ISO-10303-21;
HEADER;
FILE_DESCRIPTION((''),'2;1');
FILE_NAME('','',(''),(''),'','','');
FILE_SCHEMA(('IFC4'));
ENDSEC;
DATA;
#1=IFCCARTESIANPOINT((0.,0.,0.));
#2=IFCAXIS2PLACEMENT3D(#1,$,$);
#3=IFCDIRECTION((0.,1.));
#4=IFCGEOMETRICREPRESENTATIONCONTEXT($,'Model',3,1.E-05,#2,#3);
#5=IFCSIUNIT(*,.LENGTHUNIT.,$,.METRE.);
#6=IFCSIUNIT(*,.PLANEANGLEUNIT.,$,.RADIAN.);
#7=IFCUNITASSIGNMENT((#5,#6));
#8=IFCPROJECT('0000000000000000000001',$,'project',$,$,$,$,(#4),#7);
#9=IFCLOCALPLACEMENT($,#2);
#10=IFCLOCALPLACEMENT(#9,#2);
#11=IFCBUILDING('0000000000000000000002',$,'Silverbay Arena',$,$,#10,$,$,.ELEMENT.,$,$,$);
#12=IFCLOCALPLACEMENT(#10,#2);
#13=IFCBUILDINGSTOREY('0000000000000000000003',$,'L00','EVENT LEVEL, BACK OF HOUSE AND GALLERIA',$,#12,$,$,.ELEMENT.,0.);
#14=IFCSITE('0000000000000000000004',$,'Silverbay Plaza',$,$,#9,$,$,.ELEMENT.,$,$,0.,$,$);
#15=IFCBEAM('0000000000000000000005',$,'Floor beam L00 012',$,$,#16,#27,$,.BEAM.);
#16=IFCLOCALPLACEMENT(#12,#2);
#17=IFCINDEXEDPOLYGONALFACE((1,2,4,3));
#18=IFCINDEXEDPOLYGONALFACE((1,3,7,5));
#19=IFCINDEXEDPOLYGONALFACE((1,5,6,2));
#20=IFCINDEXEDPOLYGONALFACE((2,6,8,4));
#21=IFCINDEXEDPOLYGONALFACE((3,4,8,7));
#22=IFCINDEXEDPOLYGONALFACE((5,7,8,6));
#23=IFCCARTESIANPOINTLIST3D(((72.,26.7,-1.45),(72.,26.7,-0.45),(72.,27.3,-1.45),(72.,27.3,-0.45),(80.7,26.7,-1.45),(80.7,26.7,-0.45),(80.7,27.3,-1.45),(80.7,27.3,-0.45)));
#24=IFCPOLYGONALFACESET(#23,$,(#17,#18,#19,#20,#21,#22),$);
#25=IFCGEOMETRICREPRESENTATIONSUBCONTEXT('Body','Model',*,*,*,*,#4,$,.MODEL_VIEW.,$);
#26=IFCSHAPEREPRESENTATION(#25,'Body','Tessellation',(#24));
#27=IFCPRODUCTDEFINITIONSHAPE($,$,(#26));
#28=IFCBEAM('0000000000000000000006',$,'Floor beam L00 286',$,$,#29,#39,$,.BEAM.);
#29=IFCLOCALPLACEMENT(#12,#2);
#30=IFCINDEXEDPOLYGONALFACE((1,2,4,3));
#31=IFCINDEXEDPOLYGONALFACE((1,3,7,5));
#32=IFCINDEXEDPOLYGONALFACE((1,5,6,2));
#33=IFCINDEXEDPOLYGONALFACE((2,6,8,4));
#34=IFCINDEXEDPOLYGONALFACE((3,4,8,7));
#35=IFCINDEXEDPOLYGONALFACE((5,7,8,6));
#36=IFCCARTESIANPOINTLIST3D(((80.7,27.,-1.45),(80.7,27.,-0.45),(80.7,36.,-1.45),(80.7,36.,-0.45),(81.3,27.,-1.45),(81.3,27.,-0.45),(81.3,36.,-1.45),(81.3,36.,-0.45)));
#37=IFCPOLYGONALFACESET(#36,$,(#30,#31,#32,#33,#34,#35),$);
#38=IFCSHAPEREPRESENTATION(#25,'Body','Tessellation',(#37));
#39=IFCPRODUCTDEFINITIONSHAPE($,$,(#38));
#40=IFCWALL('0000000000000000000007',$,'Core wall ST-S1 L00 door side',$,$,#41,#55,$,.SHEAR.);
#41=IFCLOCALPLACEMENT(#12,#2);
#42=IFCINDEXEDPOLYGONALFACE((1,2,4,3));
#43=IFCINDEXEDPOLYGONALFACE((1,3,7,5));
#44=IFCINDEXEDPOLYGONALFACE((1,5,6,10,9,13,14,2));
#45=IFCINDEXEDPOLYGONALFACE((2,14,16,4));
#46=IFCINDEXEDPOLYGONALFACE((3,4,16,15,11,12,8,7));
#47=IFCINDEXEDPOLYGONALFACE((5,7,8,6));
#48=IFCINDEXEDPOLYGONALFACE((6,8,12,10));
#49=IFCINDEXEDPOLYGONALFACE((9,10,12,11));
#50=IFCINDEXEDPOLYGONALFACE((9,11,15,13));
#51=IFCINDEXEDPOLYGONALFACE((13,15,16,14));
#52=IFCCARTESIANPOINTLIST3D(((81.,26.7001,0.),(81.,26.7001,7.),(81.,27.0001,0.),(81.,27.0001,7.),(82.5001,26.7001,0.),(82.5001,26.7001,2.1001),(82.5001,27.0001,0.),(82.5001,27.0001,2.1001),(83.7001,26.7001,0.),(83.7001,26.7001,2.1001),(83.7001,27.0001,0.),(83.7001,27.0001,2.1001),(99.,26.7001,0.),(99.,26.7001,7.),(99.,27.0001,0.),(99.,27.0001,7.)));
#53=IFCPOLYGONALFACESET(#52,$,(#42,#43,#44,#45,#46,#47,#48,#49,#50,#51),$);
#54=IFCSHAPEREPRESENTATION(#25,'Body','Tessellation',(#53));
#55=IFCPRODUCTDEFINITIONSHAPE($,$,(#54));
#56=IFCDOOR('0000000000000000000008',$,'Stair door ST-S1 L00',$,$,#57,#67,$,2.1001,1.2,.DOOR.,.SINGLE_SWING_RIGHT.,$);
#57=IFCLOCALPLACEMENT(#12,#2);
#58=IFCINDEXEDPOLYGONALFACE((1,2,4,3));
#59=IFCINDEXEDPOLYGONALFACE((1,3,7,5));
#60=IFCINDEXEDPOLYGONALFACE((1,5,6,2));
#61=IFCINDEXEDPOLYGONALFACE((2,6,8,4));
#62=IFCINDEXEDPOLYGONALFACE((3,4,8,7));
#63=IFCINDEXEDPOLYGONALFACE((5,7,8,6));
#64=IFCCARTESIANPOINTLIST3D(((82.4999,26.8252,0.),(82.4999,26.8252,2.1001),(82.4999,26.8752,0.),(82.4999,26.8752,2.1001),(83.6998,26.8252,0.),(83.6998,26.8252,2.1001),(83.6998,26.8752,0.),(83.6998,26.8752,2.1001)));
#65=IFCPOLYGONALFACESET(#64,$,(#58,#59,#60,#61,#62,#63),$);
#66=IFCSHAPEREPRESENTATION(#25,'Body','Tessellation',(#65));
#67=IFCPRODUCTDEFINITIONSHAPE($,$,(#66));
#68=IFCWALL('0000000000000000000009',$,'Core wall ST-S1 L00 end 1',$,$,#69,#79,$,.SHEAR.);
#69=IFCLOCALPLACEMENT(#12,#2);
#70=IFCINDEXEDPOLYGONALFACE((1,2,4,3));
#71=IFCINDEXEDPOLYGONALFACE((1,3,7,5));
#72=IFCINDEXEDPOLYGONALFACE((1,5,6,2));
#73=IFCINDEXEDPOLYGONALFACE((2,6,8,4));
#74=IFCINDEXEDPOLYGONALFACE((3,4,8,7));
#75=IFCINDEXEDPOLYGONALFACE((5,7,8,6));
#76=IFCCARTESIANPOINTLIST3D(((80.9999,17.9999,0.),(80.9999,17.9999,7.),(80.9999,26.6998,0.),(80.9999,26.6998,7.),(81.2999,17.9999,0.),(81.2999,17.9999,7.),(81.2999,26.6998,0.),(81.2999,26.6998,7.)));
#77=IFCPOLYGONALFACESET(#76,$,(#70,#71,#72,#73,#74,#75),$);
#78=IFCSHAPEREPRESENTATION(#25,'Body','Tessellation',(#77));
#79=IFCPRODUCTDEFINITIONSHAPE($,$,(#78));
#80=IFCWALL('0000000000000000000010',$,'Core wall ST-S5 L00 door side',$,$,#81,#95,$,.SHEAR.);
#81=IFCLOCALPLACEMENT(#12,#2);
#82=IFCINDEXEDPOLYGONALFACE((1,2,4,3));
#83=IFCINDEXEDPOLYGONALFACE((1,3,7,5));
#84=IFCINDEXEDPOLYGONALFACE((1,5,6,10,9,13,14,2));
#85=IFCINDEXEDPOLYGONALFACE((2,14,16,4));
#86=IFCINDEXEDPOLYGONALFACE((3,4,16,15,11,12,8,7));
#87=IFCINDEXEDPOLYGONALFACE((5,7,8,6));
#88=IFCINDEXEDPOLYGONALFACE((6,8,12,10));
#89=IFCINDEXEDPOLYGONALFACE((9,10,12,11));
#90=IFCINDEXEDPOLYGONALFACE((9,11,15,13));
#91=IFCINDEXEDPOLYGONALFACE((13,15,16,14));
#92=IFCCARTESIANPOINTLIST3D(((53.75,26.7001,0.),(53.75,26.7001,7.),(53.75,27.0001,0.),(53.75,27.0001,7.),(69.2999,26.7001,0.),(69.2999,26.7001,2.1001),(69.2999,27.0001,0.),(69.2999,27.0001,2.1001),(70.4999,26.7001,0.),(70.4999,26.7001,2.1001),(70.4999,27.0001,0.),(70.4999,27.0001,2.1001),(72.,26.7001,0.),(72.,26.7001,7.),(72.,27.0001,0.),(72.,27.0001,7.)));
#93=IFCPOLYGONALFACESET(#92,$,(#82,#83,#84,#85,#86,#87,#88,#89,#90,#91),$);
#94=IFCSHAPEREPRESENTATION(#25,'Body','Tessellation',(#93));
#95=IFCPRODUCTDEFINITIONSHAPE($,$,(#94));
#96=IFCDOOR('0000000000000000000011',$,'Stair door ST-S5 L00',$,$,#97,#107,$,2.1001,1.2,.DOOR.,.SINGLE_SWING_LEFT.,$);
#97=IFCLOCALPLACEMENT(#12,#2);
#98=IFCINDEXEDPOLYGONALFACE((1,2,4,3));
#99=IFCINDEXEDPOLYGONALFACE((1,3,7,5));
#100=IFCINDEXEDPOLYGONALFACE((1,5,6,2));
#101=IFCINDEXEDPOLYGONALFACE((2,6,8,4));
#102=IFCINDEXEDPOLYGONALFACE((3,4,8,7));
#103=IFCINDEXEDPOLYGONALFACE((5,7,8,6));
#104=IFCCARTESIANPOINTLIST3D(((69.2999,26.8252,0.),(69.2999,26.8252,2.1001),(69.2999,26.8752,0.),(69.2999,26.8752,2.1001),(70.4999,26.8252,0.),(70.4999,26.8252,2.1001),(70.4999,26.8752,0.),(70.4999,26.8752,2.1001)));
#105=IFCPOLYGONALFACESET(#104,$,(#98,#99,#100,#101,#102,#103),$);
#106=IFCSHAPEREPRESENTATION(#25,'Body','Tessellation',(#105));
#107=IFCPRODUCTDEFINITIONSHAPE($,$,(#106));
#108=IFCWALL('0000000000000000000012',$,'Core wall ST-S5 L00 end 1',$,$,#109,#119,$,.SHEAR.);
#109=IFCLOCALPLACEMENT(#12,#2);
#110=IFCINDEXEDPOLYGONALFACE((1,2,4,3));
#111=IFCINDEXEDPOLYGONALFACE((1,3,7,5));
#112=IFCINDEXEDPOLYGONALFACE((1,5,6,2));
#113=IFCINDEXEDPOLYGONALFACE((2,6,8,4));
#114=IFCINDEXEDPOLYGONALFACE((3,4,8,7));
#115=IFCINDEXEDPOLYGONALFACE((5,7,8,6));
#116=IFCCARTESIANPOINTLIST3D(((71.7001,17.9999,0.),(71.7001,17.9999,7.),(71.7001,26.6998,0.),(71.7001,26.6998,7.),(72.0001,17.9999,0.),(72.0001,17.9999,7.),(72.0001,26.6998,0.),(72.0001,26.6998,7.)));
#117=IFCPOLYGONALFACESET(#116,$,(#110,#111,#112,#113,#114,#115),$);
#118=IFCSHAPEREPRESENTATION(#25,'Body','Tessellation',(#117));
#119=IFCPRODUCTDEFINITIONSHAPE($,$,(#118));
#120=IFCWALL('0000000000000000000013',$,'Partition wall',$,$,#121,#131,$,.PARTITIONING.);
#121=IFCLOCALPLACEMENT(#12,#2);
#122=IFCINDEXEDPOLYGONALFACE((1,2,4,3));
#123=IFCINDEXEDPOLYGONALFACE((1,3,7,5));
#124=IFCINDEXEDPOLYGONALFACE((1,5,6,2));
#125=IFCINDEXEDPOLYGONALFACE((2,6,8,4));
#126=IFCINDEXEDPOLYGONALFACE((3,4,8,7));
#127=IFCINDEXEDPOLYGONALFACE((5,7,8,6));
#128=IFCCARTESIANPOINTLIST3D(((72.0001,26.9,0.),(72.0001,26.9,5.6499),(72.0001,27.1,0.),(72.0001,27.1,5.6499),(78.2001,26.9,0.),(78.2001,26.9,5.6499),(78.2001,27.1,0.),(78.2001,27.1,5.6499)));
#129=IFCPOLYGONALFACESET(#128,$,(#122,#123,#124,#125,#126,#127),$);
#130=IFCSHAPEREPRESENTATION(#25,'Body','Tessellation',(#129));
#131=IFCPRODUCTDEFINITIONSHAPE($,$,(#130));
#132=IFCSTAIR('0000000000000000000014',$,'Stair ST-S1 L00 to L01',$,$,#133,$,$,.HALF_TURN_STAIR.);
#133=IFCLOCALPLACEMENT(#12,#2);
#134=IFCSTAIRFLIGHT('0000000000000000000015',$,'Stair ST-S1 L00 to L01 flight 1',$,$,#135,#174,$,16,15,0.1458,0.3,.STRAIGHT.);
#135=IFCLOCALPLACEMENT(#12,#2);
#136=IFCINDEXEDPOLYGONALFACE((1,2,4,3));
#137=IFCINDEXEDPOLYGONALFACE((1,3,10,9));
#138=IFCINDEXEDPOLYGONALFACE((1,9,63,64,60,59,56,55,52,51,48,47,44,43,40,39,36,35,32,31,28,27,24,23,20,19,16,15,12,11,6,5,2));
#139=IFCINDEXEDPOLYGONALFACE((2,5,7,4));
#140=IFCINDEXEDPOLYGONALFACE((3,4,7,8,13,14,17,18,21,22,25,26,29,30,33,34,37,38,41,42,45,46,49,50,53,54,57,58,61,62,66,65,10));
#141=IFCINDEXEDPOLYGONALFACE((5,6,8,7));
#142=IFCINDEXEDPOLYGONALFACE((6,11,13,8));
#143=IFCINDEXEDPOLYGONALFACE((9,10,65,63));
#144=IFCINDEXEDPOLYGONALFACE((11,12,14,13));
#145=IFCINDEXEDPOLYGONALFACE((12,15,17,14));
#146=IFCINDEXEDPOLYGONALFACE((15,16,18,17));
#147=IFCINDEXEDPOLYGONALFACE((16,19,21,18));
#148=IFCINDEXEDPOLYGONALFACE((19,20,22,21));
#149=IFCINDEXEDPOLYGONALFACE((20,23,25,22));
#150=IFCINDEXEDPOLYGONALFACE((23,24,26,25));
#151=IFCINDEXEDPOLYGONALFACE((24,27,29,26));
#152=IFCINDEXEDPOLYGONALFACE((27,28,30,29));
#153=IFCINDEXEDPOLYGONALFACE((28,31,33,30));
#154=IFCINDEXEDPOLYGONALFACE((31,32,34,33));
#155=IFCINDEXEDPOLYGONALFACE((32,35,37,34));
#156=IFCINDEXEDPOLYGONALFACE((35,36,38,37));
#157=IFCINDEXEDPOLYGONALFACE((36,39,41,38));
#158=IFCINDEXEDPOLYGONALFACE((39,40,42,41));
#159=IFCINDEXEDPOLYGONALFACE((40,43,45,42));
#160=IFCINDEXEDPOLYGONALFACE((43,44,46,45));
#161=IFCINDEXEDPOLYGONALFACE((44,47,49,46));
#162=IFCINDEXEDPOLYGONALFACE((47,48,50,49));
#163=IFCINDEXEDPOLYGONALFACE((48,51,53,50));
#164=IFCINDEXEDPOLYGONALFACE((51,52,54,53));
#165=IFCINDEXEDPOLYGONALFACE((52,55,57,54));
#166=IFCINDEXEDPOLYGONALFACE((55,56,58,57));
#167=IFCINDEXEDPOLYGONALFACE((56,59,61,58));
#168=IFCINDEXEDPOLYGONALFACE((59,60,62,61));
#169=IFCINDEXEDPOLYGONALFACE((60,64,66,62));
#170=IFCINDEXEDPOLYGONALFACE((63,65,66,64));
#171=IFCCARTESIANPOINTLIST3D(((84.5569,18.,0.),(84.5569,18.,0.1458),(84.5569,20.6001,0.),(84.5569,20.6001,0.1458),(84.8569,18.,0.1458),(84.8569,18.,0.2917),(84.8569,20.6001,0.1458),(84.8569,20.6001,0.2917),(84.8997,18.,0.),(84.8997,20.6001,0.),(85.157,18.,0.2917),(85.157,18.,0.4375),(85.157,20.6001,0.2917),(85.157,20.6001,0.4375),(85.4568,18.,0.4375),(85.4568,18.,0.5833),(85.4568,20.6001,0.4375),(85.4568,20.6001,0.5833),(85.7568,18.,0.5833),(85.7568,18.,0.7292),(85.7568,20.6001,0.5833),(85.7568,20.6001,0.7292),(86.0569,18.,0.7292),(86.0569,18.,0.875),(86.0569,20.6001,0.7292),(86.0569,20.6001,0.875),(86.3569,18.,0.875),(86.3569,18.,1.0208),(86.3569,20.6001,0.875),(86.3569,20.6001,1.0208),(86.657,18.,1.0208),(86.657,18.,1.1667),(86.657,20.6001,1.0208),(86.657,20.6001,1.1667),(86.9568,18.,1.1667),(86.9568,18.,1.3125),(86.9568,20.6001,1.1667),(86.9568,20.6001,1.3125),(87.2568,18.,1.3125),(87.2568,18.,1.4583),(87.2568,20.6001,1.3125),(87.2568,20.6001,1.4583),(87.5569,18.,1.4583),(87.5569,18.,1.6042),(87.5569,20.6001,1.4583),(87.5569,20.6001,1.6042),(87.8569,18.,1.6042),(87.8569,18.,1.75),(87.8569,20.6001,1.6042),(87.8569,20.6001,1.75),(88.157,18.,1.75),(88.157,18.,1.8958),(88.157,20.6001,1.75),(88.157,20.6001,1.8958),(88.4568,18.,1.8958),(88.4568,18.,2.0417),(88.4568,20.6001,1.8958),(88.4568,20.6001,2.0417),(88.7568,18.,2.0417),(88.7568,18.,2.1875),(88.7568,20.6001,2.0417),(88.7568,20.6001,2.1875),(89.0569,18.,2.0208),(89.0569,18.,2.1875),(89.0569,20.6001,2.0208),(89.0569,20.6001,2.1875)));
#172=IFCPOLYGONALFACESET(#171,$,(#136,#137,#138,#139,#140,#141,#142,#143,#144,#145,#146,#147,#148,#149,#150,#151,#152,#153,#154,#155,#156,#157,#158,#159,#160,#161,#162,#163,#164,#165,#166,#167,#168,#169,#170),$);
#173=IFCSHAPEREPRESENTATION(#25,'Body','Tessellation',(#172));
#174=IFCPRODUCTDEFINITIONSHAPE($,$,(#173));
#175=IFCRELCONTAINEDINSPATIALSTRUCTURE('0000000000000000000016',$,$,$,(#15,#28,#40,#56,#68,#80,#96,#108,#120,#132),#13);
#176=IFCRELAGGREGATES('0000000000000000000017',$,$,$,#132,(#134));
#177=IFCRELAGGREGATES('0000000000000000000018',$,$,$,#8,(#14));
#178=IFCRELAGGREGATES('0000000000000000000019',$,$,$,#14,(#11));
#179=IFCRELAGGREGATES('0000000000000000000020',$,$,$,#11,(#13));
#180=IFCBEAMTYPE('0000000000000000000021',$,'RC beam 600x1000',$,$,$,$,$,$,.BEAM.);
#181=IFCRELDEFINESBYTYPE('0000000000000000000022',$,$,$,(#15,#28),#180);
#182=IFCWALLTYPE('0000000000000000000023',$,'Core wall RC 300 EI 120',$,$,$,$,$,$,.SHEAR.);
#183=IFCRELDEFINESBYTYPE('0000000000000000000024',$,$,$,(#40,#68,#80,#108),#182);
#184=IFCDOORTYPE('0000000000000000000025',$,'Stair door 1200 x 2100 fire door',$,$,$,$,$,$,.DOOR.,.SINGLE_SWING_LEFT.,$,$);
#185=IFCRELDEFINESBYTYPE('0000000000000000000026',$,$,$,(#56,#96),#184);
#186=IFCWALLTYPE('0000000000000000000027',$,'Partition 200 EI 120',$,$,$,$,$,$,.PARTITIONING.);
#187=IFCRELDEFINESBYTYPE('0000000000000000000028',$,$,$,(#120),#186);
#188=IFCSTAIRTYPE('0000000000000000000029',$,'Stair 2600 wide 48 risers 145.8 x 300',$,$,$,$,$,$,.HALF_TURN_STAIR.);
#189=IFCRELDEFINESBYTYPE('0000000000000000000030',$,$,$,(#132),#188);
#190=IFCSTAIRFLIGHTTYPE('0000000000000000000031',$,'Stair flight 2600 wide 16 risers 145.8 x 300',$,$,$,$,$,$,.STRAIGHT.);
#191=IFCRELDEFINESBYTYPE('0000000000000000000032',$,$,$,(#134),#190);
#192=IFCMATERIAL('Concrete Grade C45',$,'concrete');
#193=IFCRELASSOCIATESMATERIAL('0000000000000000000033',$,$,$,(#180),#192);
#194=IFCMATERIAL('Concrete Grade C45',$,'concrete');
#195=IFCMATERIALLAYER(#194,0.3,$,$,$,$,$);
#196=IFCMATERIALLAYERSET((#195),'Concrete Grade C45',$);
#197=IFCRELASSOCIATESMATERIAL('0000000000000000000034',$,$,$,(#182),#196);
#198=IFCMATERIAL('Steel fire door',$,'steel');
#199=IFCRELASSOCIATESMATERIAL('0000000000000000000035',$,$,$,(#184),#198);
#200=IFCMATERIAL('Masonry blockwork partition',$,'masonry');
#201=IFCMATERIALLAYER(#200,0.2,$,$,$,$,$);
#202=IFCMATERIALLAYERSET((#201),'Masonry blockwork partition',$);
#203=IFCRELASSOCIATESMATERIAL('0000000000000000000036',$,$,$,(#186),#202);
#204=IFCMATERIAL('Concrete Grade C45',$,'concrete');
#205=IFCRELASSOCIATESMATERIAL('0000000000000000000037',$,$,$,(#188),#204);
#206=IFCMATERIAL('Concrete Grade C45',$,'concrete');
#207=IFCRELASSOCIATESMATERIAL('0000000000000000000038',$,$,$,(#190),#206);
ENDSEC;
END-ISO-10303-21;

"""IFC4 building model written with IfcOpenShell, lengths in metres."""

from ifc_helpers import new_model, si_unit, direction, frame, frame_2d, origin, origin_2d, place, context, subcontext, project, spatial, polyline, rectangle, outline, extrude, material, layer, layer_set, material_profile, profile_set, type_object, element, fill, aggregate, save


model = new_model("IFC4")

# Units and contexts
model_context = context("Model", 3, precision=1e-05, world=origin(), true_north=direction((0.0, 1.0)))
body_context = subcontext(model_context, "Body", "Model", "MODEL_VIEW")
ifc_project = project(units=[si_unit("LENGTHUNIT", "METRE"), si_unit("PLANEANGLEUNIT", "RADIAN")], contexts=[model_context])

# Site, building, storey
site_placement = place(None, origin())
site = spatial("IfcSite", under=ifc_project, at=site_placement, Name="Silverbay Plaza", CompositionType="ELEMENT", RefElevation=0.0)
building_placement = place(site_placement, origin())
building = spatial("IfcBuilding", under=site, at=building_placement, Name="Silverbay Arena", CompositionType="ELEMENT")
storey_placement = place(building_placement, origin())
storey = spatial("IfcBuildingStorey", under=building, at=storey_placement, Name="L00", Description="EVENT LEVEL, BACK OF HOUSE AND GALLERIA", CompositionType="ELEMENT", Elevation=0.0)

# Beams
ifc_material_1 = material(Name="Concrete Grade C45", Category="concrete")
ifc_material_profile = material_profile(ifc_material_1, rectangle(XDim=0.6001, YDim=1.0, at=origin_2d()), Name="RC 600x1000")
ifc_profile_set = profile_set([ifc_material_profile], Name="Concrete Grade C45")
beam_type = type_object("IfcBeamType", Name="RC beam 600x1000", PredefinedType="BEAM", material=ifc_profile_set)
beam_1_placement = place(storey_placement, frame((72.0, 27.0, -0.95), z_axis=(1.0, 0.0, 0.0), x_axis=(0.0, 1.0, 0.0)))
element("IfcBeam", 1, at=beam_1_placement, inside=storey, type_object=beam_type, Name="Floor beam L00 012", PredefinedType="BEAM", context=body_context, shape_type="SweptSolid", body=[
    extrude(rectangle(XDim=0.6001, YDim=1.0, at=origin_2d()), origin(), (0.0, 0.0, 1.0), 8.7),
])
beam_2_placement = place(storey_placement, frame((81.0, 27.0, -0.95), z_axis=(0.0, 1.0, 0.0), x_axis=(-1.0, 0.0, 0.0)))
element("IfcBeam", 2, at=beam_2_placement, inside=storey, type_object=beam_type, Name="Floor beam L00 286", PredefinedType="BEAM", context=body_context, shape_type="SweptSolid", body=[
    extrude(rectangle(XDim=0.6001, YDim=1.0, at=origin_2d()), origin(), (0.0, 0.0, 1.0), 9.0),
])

# Wall, opening, door
ifc_material_2 = material(Name="Concrete Grade C45", Category="concrete")
ifc_layer_1 = layer(ifc_material_2, 0.3)
ifc_layer_set_1 = layer_set([ifc_layer_1], Name="Concrete Grade C45")
wall_type_1 = type_object("IfcWallType", Name="Core wall RC 300 EI 120", PredefinedType="SHEAR", material=ifc_layer_set_1)
wall_1_placement = place(storey_placement, frame((81.0, 26.8501, 0.0), z_axis=(0.0, 0.0, 1.0), x_axis=(1.0, 0.0, 0.0)))
wall_1 = element("IfcWall", 3, at=wall_1_placement, inside=storey, type_object=wall_type_1, Name="Core wall ST-S1 L00 door side", PredefinedType="SHEAR", context=body_context, shape_type="SweptSolid", body=[
    extrude(rectangle(XDim=18.0, YDim=0.3, at=frame_2d((9.0, 0.0))), origin(), (0.0, 0.0, 1.0), 7.0),
])
opening_1_placement = place(wall_1_placement, frame((1.5, 0.0, 0.0)))
opening_1 = element("IfcOpeningElement", 4, at=opening_1_placement, cuts=wall_1, PredefinedType="OPENING", context=body_context, shape_type="SweptSolid", body=[
    extrude(rectangle(XDim=1.2, YDim=2.1001, at=frame_2d((0.6001, 1.05))), frame((0.0, 0.1602, 0.0), z_axis=(0.0, -1.0, 0.0), x_axis=(1.0, 0.0, 0.0)), (0.0, 0.0, 1.0), 0.3201),
])
ifc_material_3 = material(Name="Steel fire door", Category="steel")
door_type = type_object("IfcDoorType", Name="Stair door 1200 x 2100 fire door", OperationType="SINGLE_SWING_LEFT", PredefinedType="DOOR", material=ifc_material_3)
door_1_placement = place(opening_1_placement, frame((1.2, 0.0, 0.0), z_axis=(0.0, 0.0, 1.0), x_axis=(-1.0, 0.0, 0.0)))
door_1 = element("IfcDoor", 5, at=door_1_placement, inside=storey, type_object=door_type, Name="Stair door ST-S1 L00", OperationType="SINGLE_SWING_RIGHT", OverallHeight=2.1001, OverallWidth=1.2, PredefinedType="DOOR", context=body_context, shape_type="SweptSolid", body=[
    extrude(rectangle(XDim=1.2, YDim=2.1001, at=frame_2d((0.6001, 1.05))), frame((0.0, 0.0249, 0.0), z_axis=(0.0, -1.0, 0.0), x_axis=(1.0, 0.0, 0.0)), (0.0, 0.0, 1.0), 0.05),
])
fill(opening_1, door_1)

# Wall
wall_2_placement = place(storey_placement, frame((81.1499, 26.7, 0.0), z_axis=(0.0, 0.0, 1.0), x_axis=(0.0, -1.0, 0.0)))
element("IfcWall", 6, at=wall_2_placement, inside=storey, type_object=wall_type_1, Name="Core wall ST-S1 L00 end 1", PredefinedType="SHEAR", context=body_context, shape_type="SweptSolid", body=[
    extrude(rectangle(XDim=8.7, YDim=0.3, at=frame_2d((4.3501, 0.0))), origin(), (0.0, 0.0, 1.0), 7.0),
])

# Wall, opening, door
wall_3_placement = place(storey_placement, frame((72.0, 26.8501, 0.0), z_axis=(0.0, 0.0, 1.0), x_axis=(-1.0, 0.0, 0.0)))
wall_3 = element("IfcWall", 7, at=wall_3_placement, inside=storey, type_object=wall_type_1, Name="Core wall ST-S5 L00 door side", PredefinedType="SHEAR", context=body_context, shape_type="SweptSolid", body=[
    extrude(rectangle(XDim=18.25, YDim=0.3, at=frame_2d((9.125, 0.0))), origin(), (0.0, 0.0, 1.0), 7.0),
])
opening_2_placement = place(wall_3_placement, frame((1.5, 0.0, 0.0)))
opening_2 = element("IfcOpeningElement", 8, at=opening_2_placement, cuts=wall_3, PredefinedType="OPENING", context=body_context, shape_type="SweptSolid", body=[
    extrude(rectangle(XDim=1.2, YDim=2.1001, at=frame_2d((0.6001, 1.05))), frame((0.0, 0.1602, 0.0), z_axis=(0.0, -1.0, 0.0), x_axis=(1.0, 0.0, 0.0)), (0.0, 0.0, 1.0), 0.3201),
])
door_2_placement = place(opening_2_placement, origin())
door_2 = element("IfcDoor", 9, at=door_2_placement, inside=storey, type_object=door_type, Name="Stair door ST-S5 L00", OperationType="SINGLE_SWING_LEFT", OverallHeight=2.1001, OverallWidth=1.2, PredefinedType="DOOR", context=body_context, shape_type="SweptSolid", body=[
    extrude(rectangle(XDim=1.2, YDim=2.1001, at=frame_2d((0.6001, 1.05))), frame((0.0, 0.0249, 0.0), z_axis=(0.0, -1.0, 0.0), x_axis=(1.0, 0.0, 0.0)), (0.0, 0.0, 1.0), 0.05),
])
fill(opening_2, door_2)

# Walls
wall_4_placement = place(storey_placement, frame((71.8501, 26.7, 0.0), z_axis=(0.0, 0.0, 1.0), x_axis=(0.0, -1.0, 0.0)))
element("IfcWall", 10, at=wall_4_placement, inside=storey, type_object=wall_type_1, Name="Core wall ST-S5 L00 end 1", PredefinedType="SHEAR", context=body_context, shape_type="SweptSolid", body=[
    extrude(rectangle(XDim=8.7, YDim=0.3, at=frame_2d((4.3501, 0.0))), origin(), (0.0, 0.0, 1.0), 7.0),
])
ifc_material_4 = material(Name="Masonry blockwork partition", Category="masonry")
ifc_layer_2 = layer(ifc_material_4, 0.2)
ifc_layer_set_2 = layer_set([ifc_layer_2], Name="Masonry blockwork partition")
wall_type_2 = type_object("IfcWallType", Name="Partition 200 EI 120", PredefinedType="PARTITIONING", material=ifc_layer_set_2)
wall_5_placement = place(storey_placement, frame((72.0, 27.0, 0.0), z_axis=(0.0, 0.0, 1.0), x_axis=(1.0, 0.0, 0.0)))
element("IfcWall", 11, at=wall_5_placement, inside=storey, type_object=wall_type_2, Name="Partition wall", PredefinedType="PARTITIONING", context=body_context, shape_type="SweptSolid", body=[
    extrude(rectangle(XDim=6.2, YDim=0.2, at=frame_2d((3.1001, 0.0))), origin(), (0.0, 0.0, 1.0), 5.6499),
])

# Stair, stair flight
ifc_material_5 = material(Name="Concrete Grade C45", Category="concrete")
stair_type = type_object("IfcStairType", Name="Stair 2600 wide 48 risers 145.8 x 300", PredefinedType="HALF_TURN_STAIR", material=ifc_material_5)
stair_placement = place(storey_placement, origin())
stair = element("IfcStair", 12, at=stair_placement, inside=storey, type_object=stair_type, Name="Stair ST-S1 L00 to L01", PredefinedType="HALF_TURN_STAIR")
ifc_material_6 = material(Name="Concrete Grade C45", Category="concrete")
stair_flight_type = type_object("IfcStairFlightType", Name="Stair flight 2600 wide 16 risers 145.8 x 300", PredefinedType="STRAIGHT", material=ifc_material_6)
stair_flight_1_placement = place(storey_placement, frame((84.5569, 19.3, 0.0), z_axis=(0.0, 0.0, 1.0), x_axis=(1.0, 0.0, 0.0)))
stair_flight_1 = element("IfcStairFlight", 13, at=stair_flight_1_placement, type_object=stair_flight_type, Name="Stair ST-S1 L00 to L01 flight 1", NumberOfRisers=16, NumberOfTreads=15, PredefinedType="STRAIGHT", RiserHeight=0.1458, TreadLength=0.3, context=body_context, shape_type="SweptSolid", body=[
    extrude(outline(polyline([(0.0, 0.0), (0.0, 0.1458), (0.3, 0.1458), (0.3, 0.2917), (0.6001, 0.2917), (0.6001, 0.4375), (0.8999, 0.4375), (0.8999, 0.5833), (1.2, 0.5833), (1.2, 0.7292), (1.5, 0.7292), (1.5, 0.875), (1.8, 0.875), (1.8, 1.0208), (2.1001, 1.0208), (2.1001, 1.1667), (2.3999, 1.1667), (2.3999, 1.3125), (2.7, 1.3125), (2.7, 1.4583), (3.0, 1.4583), (3.0, 1.6042), (3.3, 1.6042), (3.3, 1.75), (3.6001, 1.75), (3.6001, 1.8958), (3.8999, 1.8958), (3.8999, 2.0417), (4.2, 2.0417), (4.2, 2.1875), (4.5, 2.1875), (4.5, 2.0208), (0.3428, 0.0), (0.0, 0.0)])), frame((0.0, 1.3, 0.0), z_axis=(0.0, -1.0, 0.0), x_axis=(1.0, 0.0, 0.0)), (0.0, 0.0, 1.0), 2.6001),
])
aggregate(stair, [stair_flight_1])

save(model, "model.ifc")
